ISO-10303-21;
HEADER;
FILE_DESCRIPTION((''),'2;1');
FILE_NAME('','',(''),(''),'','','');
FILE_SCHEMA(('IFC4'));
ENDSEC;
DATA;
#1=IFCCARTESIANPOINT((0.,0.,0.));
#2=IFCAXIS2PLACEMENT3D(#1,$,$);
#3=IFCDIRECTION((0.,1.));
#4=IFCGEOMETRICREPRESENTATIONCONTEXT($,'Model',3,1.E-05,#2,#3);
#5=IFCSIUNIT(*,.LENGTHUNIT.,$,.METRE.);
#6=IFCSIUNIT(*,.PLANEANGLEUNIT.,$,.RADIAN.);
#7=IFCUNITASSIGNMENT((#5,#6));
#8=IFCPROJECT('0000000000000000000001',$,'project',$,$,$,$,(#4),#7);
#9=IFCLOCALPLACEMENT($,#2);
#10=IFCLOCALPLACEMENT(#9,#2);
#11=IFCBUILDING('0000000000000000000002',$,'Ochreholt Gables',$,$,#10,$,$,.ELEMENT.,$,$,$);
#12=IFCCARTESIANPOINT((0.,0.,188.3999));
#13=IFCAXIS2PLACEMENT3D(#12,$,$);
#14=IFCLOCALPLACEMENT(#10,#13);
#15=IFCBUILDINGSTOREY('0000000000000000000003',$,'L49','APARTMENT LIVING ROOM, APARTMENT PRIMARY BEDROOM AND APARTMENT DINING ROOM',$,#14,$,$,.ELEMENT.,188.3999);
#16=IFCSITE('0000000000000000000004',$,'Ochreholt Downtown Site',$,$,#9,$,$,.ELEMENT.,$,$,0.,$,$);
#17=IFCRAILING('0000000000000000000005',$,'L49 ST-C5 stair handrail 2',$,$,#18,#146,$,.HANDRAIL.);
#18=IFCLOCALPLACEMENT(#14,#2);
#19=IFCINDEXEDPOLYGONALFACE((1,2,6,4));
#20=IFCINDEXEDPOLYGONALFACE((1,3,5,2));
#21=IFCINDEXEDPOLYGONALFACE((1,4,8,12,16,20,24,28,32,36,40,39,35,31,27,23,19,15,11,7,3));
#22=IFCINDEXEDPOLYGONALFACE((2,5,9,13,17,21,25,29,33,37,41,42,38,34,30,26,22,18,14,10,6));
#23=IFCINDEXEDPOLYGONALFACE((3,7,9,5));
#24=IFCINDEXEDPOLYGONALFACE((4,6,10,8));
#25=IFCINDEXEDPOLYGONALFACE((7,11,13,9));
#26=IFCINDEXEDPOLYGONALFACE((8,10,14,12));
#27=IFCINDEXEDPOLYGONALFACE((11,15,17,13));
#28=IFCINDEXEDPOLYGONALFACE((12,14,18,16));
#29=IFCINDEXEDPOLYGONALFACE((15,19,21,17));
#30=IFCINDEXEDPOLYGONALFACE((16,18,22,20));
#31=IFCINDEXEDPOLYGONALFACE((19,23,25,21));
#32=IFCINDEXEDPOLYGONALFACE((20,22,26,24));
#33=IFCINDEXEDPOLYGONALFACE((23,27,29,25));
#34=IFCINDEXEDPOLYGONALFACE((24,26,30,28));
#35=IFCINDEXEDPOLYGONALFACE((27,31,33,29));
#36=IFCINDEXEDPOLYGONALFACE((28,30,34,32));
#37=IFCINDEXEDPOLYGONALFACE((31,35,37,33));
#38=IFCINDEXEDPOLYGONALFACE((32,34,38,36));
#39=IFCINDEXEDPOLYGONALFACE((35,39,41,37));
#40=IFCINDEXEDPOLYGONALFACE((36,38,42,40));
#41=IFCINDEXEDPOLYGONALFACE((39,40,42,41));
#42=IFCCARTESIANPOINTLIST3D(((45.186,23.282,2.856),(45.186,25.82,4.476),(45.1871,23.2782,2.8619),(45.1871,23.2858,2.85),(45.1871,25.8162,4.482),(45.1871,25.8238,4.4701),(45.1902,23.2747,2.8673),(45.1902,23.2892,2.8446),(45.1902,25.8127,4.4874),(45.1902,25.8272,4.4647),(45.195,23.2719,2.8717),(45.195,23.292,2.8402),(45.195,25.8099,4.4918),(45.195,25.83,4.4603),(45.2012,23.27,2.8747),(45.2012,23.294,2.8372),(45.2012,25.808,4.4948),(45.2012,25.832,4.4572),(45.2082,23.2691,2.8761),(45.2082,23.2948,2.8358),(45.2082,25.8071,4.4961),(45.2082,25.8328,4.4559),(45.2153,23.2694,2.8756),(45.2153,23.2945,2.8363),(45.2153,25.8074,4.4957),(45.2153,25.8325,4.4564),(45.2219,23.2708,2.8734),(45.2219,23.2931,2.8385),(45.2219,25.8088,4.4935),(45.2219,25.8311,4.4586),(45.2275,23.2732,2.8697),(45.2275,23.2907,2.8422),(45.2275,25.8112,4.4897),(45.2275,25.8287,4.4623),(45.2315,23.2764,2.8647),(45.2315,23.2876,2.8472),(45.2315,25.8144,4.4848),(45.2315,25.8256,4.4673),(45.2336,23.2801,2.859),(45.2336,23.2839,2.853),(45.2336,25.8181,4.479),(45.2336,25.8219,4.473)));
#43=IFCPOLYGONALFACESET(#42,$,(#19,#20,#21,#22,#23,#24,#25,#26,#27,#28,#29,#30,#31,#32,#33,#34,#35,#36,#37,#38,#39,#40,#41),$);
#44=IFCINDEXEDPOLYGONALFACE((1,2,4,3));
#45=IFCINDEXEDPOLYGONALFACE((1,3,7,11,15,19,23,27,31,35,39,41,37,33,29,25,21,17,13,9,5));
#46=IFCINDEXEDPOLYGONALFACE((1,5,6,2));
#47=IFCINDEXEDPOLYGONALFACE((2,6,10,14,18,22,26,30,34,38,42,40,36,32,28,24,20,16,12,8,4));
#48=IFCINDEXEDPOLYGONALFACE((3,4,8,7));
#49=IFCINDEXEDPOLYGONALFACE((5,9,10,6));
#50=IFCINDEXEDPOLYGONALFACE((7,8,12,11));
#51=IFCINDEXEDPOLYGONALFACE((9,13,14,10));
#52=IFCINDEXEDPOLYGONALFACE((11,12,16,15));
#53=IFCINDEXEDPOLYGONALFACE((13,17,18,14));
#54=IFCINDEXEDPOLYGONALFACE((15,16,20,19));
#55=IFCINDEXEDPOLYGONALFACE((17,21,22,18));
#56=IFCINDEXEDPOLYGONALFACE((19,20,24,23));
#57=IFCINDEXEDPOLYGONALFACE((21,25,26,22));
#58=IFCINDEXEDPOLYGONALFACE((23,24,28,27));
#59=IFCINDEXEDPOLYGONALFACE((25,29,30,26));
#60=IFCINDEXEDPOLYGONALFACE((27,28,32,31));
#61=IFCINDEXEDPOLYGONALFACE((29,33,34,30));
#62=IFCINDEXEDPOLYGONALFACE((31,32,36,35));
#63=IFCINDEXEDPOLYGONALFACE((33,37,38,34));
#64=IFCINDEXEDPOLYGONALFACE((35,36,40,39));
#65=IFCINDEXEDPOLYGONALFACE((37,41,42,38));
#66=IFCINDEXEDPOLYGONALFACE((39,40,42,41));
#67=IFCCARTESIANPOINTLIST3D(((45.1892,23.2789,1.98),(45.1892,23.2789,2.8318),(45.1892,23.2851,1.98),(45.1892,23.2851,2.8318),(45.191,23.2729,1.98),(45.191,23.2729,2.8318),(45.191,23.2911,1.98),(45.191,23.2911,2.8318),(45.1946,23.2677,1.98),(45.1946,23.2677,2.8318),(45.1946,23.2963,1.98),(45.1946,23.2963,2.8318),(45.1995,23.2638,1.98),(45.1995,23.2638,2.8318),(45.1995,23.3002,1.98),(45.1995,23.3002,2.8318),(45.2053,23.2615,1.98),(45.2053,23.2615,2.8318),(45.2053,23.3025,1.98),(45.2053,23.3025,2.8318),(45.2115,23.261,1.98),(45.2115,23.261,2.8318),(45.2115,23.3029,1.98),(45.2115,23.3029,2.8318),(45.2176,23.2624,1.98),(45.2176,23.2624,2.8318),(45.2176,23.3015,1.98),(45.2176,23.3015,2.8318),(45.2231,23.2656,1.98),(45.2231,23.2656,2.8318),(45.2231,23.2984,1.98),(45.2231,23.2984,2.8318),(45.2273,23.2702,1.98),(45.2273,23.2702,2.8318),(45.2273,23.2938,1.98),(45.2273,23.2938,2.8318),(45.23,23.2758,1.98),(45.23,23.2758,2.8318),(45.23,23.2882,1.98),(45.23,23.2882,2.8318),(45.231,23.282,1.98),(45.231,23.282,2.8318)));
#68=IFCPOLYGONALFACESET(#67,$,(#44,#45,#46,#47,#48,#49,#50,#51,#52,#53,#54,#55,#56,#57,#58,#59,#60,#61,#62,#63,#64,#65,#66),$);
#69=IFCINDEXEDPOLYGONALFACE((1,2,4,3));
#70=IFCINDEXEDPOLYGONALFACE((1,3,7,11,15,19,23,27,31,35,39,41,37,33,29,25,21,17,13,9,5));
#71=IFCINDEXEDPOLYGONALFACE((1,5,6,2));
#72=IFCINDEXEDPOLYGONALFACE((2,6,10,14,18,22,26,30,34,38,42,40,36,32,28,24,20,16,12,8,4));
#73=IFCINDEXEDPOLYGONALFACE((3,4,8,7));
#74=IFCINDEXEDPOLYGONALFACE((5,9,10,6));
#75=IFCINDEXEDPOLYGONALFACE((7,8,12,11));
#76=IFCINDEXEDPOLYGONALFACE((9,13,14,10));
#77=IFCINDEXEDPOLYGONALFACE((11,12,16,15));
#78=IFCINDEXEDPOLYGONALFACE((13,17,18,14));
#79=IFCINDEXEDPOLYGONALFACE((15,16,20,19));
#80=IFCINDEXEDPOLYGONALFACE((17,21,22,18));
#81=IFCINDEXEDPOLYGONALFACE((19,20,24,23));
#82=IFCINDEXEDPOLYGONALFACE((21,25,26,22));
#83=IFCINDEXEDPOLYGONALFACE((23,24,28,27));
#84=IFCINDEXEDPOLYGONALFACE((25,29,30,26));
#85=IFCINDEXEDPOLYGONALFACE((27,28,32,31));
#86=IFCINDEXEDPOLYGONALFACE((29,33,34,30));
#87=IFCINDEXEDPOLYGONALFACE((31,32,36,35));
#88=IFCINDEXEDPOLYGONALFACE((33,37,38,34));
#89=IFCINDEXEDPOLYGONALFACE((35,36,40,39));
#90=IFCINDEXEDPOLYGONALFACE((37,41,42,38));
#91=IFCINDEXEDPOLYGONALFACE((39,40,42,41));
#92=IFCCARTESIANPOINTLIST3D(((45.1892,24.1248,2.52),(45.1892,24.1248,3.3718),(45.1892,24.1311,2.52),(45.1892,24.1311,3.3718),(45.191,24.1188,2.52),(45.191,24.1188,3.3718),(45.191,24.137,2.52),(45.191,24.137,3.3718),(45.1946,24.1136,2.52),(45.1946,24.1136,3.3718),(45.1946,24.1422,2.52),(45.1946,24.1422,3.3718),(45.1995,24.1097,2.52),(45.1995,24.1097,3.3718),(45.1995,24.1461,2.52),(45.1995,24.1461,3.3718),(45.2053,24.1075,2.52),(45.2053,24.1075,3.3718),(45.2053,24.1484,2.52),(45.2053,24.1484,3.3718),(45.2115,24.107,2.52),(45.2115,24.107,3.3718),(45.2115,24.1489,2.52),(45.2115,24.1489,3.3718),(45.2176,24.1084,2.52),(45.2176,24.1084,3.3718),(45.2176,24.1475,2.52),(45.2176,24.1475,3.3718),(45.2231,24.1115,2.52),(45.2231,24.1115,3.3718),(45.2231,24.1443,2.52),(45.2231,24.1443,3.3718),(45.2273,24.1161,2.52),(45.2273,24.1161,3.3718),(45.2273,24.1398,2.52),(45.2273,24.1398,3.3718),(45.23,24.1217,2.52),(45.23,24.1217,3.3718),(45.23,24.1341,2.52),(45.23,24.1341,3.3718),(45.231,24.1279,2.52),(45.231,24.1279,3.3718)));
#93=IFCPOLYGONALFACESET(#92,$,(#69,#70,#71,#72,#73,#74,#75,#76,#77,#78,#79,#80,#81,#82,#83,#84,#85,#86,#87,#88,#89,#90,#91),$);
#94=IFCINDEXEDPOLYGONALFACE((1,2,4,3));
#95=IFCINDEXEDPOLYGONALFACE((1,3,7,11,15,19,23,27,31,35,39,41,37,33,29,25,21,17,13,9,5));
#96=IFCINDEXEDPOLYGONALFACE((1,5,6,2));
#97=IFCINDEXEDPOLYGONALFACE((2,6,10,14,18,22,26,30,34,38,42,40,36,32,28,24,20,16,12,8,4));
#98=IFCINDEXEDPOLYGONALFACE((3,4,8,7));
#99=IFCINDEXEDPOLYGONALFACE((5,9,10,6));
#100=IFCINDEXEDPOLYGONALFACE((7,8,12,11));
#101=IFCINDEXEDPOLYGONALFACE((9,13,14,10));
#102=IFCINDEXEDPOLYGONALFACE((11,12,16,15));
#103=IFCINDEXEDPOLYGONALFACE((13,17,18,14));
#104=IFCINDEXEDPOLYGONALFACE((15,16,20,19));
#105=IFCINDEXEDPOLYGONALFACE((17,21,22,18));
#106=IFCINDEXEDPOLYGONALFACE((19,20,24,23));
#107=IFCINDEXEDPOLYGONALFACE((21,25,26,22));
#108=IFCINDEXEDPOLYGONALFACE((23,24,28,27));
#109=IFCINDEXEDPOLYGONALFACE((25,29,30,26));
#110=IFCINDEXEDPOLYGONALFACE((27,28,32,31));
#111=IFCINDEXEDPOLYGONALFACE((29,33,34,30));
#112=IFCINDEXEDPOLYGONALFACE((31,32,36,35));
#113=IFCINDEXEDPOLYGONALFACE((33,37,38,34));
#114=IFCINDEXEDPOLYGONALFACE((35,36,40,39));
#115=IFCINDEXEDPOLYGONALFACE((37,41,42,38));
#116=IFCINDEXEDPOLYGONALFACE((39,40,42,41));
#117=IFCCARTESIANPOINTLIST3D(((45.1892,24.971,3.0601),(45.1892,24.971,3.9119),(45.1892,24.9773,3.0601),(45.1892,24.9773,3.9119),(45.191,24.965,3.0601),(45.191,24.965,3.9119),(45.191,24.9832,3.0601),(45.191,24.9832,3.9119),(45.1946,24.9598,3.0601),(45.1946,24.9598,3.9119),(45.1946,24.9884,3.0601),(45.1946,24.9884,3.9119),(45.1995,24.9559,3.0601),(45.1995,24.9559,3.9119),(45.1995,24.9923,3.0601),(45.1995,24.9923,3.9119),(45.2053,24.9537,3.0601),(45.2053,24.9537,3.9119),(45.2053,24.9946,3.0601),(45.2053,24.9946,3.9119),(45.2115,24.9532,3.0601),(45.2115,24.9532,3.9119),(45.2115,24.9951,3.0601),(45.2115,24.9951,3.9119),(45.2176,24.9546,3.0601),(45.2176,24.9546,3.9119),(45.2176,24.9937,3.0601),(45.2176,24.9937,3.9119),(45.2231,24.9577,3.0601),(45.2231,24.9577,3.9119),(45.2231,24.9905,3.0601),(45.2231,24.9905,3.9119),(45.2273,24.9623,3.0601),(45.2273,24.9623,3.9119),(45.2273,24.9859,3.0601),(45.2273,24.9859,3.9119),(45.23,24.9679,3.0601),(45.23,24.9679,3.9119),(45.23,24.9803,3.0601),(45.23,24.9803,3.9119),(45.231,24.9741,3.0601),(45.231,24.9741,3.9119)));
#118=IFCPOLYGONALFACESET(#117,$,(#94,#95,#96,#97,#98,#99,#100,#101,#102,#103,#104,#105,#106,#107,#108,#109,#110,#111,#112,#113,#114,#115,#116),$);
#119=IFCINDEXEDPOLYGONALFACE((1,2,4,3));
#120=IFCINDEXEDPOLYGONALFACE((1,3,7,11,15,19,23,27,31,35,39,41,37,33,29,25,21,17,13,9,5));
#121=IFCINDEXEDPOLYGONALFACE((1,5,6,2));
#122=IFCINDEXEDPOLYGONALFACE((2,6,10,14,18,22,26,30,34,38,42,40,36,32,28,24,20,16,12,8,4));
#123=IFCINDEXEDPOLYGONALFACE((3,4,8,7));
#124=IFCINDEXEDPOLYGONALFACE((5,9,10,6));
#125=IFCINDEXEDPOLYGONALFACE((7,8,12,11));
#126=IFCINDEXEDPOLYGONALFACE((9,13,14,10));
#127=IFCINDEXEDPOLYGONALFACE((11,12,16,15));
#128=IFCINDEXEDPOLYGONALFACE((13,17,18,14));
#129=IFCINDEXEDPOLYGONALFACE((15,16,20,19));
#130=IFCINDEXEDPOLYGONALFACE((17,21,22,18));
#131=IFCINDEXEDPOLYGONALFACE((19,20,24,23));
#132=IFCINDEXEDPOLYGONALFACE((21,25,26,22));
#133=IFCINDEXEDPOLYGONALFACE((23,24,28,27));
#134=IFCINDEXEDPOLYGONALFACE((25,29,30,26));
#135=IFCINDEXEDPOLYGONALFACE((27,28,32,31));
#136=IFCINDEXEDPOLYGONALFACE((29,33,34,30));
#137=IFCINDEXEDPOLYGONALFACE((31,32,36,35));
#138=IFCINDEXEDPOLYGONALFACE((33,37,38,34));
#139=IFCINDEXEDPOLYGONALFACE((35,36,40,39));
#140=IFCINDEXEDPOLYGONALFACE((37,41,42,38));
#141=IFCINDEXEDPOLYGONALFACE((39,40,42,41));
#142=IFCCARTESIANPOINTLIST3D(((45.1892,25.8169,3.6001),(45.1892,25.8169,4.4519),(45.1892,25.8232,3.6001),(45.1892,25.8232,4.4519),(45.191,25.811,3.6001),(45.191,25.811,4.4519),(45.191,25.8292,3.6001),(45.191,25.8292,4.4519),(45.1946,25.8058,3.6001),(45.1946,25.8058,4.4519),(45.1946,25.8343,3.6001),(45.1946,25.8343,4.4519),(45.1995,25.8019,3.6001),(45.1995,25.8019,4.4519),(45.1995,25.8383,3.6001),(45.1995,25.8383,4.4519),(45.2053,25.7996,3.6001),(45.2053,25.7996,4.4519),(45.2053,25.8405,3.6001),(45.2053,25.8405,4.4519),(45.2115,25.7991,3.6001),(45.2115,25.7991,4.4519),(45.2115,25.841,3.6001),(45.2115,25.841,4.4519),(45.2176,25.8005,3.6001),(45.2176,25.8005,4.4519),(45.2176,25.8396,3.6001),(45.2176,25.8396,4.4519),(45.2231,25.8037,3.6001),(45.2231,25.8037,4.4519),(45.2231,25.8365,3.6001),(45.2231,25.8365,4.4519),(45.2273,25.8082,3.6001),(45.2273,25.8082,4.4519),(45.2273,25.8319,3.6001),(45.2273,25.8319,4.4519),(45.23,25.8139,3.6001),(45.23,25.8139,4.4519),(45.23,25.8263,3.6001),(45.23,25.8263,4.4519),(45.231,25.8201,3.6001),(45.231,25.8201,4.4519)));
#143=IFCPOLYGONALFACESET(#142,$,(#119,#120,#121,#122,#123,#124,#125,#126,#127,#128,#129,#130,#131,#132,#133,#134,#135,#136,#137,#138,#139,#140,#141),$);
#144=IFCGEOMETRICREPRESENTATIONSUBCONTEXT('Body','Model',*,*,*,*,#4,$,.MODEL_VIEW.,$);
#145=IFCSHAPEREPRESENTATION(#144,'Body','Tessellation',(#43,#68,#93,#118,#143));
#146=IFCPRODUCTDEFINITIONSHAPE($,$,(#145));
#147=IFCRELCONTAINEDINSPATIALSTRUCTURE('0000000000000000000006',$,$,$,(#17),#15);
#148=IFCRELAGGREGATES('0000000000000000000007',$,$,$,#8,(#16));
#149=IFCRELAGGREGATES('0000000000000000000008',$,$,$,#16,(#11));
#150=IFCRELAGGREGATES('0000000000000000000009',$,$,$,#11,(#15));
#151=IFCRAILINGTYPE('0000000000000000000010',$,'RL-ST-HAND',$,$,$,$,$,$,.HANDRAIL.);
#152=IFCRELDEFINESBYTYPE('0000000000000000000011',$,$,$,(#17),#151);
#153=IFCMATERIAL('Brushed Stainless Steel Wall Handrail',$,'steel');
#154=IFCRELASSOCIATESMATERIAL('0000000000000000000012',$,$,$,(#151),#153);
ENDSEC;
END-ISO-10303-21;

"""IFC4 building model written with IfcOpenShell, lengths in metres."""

from ifc_helpers import new_model, si_unit, direction, frame, origin, origin_2d, place, context, subcontext, project, spatial, circle, extrude, material, type_object, element, save


model = new_model("IFC4")

# Units and contexts
model_context = context("Model", 3, precision=1e-05, world=origin(), true_north=direction((0.0, 1.0)))
body_context = subcontext(model_context, "Body", "Model", "MODEL_VIEW")
ifc_project = project(units=[si_unit("LENGTHUNIT", "METRE"), si_unit("PLANEANGLEUNIT", "RADIAN")], contexts=[model_context])

# Site, building, storey
site_placement = place(None, origin())
site = spatial("IfcSite", under=ifc_project, at=site_placement, Name="Ochreholt Downtown Site", CompositionType="ELEMENT", RefElevation=0.0)
building_placement = place(site_placement, origin())
building = spatial("IfcBuilding", under=site, at=building_placement, Name="Ochreholt Gables", CompositionType="ELEMENT")
storey_placement = place(building_placement, frame((0.0, 0.0, 188.3999)))
storey = spatial("IfcBuildingStorey", under=building, at=storey_placement, Name="L49", Description="APARTMENT LIVING ROOM, APARTMENT PRIMARY BEDROOM AND APARTMENT DINING ROOM", CompositionType="ELEMENT", Elevation=188.3999)

# Railing
ifc_material_1 = material(Name="Brushed Stainless Steel Wall Handrail", Category="steel")
railing_type_1 = type_object("IfcRailingType", Name="RL-ST-HAND", PredefinedType="HANDRAIL", material=ifc_material_1)
railing_1_placement = place(storey_placement, frame((45.21, 23.282, 1.98)))
element("IfcRailing", 1, at=railing_1_placement, inside=storey, type_object=railing_type_1, Name="L49 ST-C5 stair handrail 2", PredefinedType="HANDRAIL", context=body_context, shape_type="SweptSolid", body=[
    extrude(circle(Radius=0.0239, at=origin_2d()), frame((0.0, 0.0, 0.876), z_axis=(0.0, 0.842913, 0.53805), x_axis=(-1.0, 0.0, 0.0)), (0.0, 0.0, 1.0), 3.011),
    extrude(circle(Radius=0.021, at=origin_2d()), origin(), (0.0, 0.0, 1.0), 0.8518),
    extrude(circle(Radius=0.021, at=origin_2d()), frame((0.0, 0.8459, 0.54)), (0.0, 0.0, 1.0), 0.8518),
    extrude(circle(Radius=0.021, at=origin_2d()), frame((0.0, 1.6921, 1.0801)), (0.0, 0.0, 1.0), 0.8518),
    extrude(circle(Radius=0.021, at=origin_2d()), frame((0.0, 2.5381, 1.6201)), (0.0, 0.0, 1.0), 0.8518),
])

save(model, "model.ifc")
